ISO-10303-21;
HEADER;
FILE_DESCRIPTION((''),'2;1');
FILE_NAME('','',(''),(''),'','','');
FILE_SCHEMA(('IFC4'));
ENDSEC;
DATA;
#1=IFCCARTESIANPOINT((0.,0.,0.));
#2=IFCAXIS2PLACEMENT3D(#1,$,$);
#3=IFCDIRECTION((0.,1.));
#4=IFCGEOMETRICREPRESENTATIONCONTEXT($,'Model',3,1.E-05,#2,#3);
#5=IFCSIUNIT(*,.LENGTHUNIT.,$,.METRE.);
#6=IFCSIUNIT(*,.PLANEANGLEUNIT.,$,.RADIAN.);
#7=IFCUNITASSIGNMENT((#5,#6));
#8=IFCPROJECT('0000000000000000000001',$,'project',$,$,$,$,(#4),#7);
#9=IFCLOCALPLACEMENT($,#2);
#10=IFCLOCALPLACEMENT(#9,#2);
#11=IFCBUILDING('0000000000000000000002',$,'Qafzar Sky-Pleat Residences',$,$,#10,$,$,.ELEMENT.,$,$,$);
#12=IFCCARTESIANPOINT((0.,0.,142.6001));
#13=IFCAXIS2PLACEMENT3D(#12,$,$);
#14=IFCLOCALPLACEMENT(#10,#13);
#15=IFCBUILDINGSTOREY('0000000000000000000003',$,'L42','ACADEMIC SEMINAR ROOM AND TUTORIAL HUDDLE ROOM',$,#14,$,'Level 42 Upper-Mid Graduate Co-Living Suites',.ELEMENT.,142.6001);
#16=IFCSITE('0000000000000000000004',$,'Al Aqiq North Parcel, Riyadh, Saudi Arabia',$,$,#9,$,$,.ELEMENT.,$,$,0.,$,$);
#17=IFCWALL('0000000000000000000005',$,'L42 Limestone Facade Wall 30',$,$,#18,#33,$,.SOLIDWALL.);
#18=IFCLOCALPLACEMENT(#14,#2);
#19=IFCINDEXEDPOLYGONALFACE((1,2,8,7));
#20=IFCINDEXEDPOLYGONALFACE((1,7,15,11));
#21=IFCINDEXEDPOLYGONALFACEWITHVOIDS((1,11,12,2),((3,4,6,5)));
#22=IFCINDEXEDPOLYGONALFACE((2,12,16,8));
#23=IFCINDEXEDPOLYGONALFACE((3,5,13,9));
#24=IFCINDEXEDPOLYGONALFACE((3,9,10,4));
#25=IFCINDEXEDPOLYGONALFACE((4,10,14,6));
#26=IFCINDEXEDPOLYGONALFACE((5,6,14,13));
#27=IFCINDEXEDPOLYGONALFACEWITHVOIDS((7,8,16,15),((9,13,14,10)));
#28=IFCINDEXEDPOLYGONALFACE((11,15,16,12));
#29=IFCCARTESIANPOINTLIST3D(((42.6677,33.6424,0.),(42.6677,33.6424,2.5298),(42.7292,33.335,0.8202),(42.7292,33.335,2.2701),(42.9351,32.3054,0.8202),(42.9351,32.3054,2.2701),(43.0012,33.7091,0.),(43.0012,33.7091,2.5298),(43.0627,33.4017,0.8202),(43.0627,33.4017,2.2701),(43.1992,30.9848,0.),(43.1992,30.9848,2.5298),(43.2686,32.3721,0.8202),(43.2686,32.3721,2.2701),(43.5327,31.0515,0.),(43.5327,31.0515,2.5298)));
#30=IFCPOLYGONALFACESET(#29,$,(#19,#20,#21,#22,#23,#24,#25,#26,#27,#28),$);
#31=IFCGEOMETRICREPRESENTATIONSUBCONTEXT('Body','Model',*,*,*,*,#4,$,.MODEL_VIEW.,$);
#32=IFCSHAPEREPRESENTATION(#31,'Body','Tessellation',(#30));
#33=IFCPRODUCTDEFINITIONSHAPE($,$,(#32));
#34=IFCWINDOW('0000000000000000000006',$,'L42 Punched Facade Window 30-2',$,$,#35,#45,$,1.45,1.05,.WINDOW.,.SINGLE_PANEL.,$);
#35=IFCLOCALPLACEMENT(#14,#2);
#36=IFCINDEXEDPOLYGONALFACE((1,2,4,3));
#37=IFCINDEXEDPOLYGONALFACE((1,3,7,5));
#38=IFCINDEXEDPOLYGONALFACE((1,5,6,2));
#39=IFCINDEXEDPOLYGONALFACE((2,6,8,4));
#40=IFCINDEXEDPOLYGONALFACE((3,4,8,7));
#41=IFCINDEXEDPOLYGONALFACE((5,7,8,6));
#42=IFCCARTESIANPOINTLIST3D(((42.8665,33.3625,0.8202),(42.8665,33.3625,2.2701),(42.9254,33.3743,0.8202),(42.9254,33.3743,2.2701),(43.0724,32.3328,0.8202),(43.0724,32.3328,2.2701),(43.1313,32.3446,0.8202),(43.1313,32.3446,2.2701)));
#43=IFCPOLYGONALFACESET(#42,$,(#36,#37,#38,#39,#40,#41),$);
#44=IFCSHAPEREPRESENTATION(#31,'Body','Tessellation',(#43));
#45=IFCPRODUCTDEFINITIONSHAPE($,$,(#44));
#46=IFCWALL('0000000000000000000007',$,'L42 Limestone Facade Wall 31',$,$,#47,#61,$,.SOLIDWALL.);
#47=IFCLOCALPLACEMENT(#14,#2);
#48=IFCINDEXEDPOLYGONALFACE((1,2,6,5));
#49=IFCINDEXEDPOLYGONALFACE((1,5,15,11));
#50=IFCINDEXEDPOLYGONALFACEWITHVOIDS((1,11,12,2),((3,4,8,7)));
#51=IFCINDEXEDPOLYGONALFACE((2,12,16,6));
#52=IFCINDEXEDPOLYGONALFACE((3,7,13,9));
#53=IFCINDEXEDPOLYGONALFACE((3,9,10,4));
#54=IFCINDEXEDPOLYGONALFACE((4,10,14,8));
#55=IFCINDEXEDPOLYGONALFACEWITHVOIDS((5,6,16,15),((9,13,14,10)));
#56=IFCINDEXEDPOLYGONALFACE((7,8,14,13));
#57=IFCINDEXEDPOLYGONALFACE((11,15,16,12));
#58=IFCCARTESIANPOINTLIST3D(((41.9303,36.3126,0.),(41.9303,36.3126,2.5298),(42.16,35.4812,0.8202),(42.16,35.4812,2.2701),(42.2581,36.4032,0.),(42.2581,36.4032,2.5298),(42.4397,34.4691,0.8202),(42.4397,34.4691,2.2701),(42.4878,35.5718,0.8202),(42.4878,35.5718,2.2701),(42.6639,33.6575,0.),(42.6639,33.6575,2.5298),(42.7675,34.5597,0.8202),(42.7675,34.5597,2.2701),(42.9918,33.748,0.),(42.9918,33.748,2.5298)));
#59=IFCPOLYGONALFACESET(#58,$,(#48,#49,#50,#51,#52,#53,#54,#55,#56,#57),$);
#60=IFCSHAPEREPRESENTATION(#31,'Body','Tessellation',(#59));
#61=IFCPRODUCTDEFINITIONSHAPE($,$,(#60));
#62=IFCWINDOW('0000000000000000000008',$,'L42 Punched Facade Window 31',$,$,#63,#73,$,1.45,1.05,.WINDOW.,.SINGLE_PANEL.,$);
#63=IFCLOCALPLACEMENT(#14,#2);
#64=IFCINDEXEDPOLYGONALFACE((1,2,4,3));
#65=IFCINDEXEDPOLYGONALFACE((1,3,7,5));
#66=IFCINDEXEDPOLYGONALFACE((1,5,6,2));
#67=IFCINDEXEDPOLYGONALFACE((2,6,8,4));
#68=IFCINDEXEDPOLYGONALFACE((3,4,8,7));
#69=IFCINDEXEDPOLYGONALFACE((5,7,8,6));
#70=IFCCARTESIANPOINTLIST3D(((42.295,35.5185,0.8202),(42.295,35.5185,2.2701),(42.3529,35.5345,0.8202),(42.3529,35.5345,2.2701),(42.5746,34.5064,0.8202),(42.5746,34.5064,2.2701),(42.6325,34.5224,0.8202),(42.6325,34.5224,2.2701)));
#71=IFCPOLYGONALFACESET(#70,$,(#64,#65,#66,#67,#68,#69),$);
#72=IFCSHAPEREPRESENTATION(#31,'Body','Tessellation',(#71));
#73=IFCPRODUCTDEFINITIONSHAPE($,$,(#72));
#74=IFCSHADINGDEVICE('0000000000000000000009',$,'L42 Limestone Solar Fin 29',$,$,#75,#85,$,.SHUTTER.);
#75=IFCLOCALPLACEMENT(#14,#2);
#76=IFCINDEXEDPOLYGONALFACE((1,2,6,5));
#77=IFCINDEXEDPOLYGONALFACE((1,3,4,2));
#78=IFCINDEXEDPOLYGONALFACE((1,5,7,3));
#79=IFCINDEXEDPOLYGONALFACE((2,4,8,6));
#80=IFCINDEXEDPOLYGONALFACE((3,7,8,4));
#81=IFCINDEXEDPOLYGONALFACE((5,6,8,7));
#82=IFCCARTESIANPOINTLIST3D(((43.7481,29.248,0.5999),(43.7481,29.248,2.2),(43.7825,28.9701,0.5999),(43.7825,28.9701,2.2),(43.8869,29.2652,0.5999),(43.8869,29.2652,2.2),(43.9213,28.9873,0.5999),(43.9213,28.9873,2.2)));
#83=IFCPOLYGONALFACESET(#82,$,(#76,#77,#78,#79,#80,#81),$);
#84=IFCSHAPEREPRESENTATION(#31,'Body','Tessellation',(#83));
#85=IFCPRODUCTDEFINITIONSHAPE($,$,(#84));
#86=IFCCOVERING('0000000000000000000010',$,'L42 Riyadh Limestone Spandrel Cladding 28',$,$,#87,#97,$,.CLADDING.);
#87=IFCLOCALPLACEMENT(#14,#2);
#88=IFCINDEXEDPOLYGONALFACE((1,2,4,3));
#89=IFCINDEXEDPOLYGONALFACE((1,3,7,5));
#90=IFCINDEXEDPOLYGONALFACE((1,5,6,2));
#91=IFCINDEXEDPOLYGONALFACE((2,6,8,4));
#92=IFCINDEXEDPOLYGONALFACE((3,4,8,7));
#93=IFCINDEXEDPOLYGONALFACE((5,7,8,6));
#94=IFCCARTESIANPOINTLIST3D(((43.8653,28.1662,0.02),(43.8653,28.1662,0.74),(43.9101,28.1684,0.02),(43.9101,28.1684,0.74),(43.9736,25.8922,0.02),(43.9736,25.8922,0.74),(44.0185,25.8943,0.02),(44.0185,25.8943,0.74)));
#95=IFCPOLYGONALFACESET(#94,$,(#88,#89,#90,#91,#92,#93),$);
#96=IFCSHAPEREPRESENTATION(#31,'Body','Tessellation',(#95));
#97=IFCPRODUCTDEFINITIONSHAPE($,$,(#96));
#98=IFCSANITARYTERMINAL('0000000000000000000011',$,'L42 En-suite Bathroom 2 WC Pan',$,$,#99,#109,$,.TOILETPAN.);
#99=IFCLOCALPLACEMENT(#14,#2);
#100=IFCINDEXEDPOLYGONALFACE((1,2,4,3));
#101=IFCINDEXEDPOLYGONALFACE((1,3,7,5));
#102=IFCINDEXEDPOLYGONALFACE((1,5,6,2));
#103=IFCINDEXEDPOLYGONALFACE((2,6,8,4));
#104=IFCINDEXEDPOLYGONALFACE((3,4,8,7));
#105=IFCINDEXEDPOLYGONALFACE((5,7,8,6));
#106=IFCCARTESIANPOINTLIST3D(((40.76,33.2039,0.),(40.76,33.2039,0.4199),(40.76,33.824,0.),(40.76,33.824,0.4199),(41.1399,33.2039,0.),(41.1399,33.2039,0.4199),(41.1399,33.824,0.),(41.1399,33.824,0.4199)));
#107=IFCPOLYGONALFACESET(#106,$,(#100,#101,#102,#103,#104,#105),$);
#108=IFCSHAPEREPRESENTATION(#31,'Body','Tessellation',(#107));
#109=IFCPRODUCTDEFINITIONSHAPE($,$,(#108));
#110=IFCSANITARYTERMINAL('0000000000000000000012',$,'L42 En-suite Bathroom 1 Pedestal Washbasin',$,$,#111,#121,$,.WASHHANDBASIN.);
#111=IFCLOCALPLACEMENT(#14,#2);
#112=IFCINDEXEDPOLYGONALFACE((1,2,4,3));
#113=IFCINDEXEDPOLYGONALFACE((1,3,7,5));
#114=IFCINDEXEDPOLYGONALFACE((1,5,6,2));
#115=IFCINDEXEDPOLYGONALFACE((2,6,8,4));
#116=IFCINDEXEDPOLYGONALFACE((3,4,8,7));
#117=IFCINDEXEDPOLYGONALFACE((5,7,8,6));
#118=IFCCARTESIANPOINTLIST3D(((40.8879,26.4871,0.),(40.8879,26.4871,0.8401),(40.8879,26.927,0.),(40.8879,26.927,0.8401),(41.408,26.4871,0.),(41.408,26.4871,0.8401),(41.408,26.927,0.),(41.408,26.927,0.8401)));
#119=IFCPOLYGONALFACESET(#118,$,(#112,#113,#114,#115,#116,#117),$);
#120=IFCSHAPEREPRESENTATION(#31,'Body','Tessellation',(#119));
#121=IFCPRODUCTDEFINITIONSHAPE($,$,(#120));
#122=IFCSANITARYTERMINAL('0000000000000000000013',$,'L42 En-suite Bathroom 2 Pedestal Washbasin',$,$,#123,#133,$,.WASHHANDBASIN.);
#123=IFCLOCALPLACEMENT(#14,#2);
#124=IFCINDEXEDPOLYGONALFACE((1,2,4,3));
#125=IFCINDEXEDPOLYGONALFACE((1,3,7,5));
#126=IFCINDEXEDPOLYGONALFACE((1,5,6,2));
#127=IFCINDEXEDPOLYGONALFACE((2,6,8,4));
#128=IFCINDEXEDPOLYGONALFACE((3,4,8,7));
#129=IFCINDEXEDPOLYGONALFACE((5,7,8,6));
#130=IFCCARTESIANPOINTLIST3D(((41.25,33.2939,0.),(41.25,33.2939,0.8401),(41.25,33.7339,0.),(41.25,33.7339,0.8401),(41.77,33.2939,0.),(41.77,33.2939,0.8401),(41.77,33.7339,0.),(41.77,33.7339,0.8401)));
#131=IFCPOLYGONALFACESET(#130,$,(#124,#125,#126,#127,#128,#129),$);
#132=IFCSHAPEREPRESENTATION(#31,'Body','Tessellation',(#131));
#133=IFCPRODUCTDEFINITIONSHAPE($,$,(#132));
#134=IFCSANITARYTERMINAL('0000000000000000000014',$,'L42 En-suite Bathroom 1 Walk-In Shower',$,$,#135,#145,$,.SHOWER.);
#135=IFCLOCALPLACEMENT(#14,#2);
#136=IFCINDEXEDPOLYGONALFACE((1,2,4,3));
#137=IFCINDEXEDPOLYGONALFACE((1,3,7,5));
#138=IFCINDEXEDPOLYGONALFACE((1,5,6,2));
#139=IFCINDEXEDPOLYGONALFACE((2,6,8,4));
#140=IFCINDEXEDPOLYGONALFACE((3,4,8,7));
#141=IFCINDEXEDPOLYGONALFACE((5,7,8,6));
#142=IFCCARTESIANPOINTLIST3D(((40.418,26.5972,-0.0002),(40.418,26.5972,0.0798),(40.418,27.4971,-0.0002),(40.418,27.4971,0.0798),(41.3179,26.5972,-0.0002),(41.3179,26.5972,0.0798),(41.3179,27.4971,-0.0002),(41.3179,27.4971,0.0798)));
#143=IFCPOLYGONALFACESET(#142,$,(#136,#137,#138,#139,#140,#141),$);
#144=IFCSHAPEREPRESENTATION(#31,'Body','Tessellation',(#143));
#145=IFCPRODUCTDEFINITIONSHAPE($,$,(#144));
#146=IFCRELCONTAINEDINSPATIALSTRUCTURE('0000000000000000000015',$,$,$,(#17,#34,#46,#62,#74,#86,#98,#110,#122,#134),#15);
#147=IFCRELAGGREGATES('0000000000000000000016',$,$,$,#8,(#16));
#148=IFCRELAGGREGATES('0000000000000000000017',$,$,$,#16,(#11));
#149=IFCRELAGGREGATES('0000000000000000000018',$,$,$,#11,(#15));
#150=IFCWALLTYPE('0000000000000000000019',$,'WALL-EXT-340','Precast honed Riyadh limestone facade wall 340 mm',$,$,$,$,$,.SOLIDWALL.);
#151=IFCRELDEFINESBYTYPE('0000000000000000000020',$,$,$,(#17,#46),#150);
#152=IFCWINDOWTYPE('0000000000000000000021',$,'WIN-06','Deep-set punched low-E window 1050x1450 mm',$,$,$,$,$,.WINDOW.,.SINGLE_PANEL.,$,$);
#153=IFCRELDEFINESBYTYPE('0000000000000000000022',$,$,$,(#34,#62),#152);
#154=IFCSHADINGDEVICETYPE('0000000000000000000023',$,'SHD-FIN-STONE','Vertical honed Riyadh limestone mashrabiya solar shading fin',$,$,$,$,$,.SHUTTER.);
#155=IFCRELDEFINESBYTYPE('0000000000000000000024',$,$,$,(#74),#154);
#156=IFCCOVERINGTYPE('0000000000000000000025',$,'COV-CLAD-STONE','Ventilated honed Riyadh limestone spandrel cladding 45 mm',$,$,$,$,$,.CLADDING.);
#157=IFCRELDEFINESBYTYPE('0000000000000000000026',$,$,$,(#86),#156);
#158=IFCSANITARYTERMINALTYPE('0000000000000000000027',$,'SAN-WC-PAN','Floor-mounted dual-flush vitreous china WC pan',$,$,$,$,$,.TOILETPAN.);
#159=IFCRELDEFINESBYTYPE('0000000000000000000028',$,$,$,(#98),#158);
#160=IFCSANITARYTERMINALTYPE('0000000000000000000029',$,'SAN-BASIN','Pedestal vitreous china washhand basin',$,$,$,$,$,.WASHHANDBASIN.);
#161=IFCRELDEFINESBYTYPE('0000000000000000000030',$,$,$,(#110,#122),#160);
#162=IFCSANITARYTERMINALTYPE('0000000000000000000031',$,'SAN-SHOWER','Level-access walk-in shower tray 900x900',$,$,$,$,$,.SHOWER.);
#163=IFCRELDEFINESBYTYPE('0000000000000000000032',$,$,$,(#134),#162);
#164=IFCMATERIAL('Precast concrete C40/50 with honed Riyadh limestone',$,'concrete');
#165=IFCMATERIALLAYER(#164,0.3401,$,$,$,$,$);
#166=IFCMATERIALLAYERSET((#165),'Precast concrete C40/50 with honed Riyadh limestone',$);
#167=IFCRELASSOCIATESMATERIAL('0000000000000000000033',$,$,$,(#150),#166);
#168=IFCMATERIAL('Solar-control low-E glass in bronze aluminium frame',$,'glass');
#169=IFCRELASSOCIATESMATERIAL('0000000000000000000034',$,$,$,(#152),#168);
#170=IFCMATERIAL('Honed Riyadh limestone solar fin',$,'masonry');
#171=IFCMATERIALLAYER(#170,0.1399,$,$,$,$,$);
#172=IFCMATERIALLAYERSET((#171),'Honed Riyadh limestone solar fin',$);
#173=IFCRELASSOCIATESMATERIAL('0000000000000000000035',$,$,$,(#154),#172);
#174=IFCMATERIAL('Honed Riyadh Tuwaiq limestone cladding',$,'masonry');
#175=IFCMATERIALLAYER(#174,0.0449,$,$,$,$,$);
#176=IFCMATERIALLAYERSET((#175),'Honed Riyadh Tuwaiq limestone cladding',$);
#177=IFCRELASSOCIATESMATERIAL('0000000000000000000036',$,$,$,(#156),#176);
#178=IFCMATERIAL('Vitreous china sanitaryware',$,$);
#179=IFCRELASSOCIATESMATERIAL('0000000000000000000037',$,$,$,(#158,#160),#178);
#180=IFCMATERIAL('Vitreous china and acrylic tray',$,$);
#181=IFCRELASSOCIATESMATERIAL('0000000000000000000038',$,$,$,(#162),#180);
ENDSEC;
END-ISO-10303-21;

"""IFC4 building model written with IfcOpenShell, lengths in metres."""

from ifc_helpers import new_model, si_unit, direction, frame, frame_2d, origin, origin_2d, place, context, subcontext, project, spatial, rectangle, extrude, source, transform, mapped, material, layer, layer_set, type_object, element, fill, save


model = new_model("IFC4")

# Units and contexts
model_context = context("Model", 3, precision=1e-05, world=origin(), true_north=direction((0.0, 1.0)))
body_context = subcontext(model_context, "Body", "Model", "MODEL_VIEW")
ifc_project = project(units=[si_unit("LENGTHUNIT", "METRE"), si_unit("PLANEANGLEUNIT", "RADIAN")], contexts=[model_context])

# Site, building, storey
site_placement = place(None, origin())
site = spatial("IfcSite", under=ifc_project, at=site_placement, Name="Al Aqiq North Parcel, Riyadh, Saudi Arabia", CompositionType="ELEMENT", RefElevation=0.0)
building_placement = place(site_placement, origin())
building = spatial("IfcBuilding", under=site, at=building_placement, Name="Qafzar Sky-Pleat Residences", CompositionType="ELEMENT")
storey_placement = place(building_placement, frame((0.0, 0.0, 142.6001)))
storey = spatial("IfcBuildingStorey", under=building, at=storey_placement, Name="L42", Description="ACADEMIC SEMINAR ROOM AND TUTORIAL HUDDLE ROOM", LongName="Level 42 Upper-Mid Graduate Co-Living Suites", CompositionType="ELEMENT", Elevation=142.6001)

# Walls, openings, windows
ifc_material_1 = material(Name="Precast concrete C40/50 with honed Riyadh limestone", Category="concrete")
ifc_layer_1 = layer(ifc_material_1, 0.3401)
ifc_layer_set_1 = layer_set([ifc_layer_1], Name="Precast concrete C40/50 with honed Riyadh limestone")
wall_type_1 = type_object("IfcWallType", Name="WALL-EXT-340", Description="Precast honed Riyadh limestone facade wall 340 mm", PredefinedType="SOLIDWALL", material=ifc_layer_set_1)
ifc_material_2 = material(Name="Solar-control low-E glass in bronze aluminium frame", Category="glass")
wall_1_placement = place(storey_placement, frame((43.366, 31.0183, 0.0), z_axis=(0.0, 0.0, 1.0), x_axis=(-0.196116, 0.980581, 0.0)))
wall_1 = element("IfcWall", 1, at=wall_1_placement, inside=storey, type_object=wall_type_1, Name="L42 Limestone Facade Wall 30", PredefinedType="SOLIDWALL", context=body_context, shape_type="SweptSolid", body=[
    extrude(rectangle(XDim=2.7102, YDim=0.3401, at=frame_2d((1.355, 0.0))), origin(), (0.0, 0.0, 1.0), 2.5298),
])
opening_1_placement = place(wall_1_placement, frame((1.3467, 0.0, 0.8201)))
opening_1 = element("IfcOpeningElement", 2, at=opening_1_placement, cuts=wall_1, PredefinedType="OPENING", context=body_context, shape_type="SweptSolid", body=[
    extrude(rectangle(XDim=1.05, YDim=1.45, at=frame_2d((0.5249, 0.7251))), frame((0.0, 0.1802, 0.0), z_axis=(0.0, -1.0, 0.0), x_axis=(1.0, 0.0, 0.0)), (0.0, 0.0, 1.0), 0.3601),
])
window_type_1 = type_object("IfcWindowType", Name="WIN-06", Description="Deep-set punched low-E window 1050x1450 mm", PartitioningType="SINGLE_PANEL", PredefinedType="WINDOW", material=ifc_material_2)
shared_shape_1 = source(origin(), body_context, "Body", "SweptSolid", [
    extrude(rectangle(XDim=1.05, YDim=1.45, at=frame_2d((0.5249, 0.7251))), frame((0.0, 0.03, 0.0), z_axis=(0.0, -1.0, 0.0), x_axis=(1.0, 0.0, 0.0)), (0.0, 0.0, 1.0), 0.0601),
])
window_1_placement = place(opening_1_placement, origin())
window_1 = element("IfcWindow", 3, at=window_1_placement, inside=storey, type_object=window_type_1, Name="L42 Punched Facade Window 30-2", OverallHeight=1.45, OverallWidth=1.05, PartitioningType="SINGLE_PANEL", PredefinedType="WINDOW", context=body_context, shape_type="MappedRepresentation", body=[
    mapped(shared_shape_1, transform((0.0, 0.0, 0.0), x_axis=(1.0, 0.0, 0.0), y_axis=(0.0, 1.0, 0.0), z_axis=(0.0, 0.0, 1.0), scale=1.0)),
])
fill(opening_1, window_1)
wall_2_placement = place(storey_placement, frame((42.8279, 33.7026, 0.0), z_axis=(0.0, 0.0, 1.0), x_axis=(-0.266341, 0.963879, 0.0)))
wall_2 = element("IfcWall", 4, at=wall_2_placement, inside=storey, type_object=wall_type_1, Name="L42 Limestone Facade Wall 31", PredefinedType="SOLIDWALL", context=body_context, shape_type="SweptSolid", body=[
    extrude(rectangle(XDim=2.7546, YDim=0.3401, at=frame_2d((1.3774, 0.0))), origin(), (0.0, 0.0, 1.0), 2.5298),
])
opening_2_placement = place(wall_2_placement, frame((0.8423, 0.0, 0.8201)))
opening_2 = element("IfcOpeningElement", 5, at=opening_2_placement, cuts=wall_2, PredefinedType="OPENING", context=body_context, shape_type="SweptSolid", body=[
    extrude(rectangle(XDim=1.05, YDim=1.45, at=frame_2d((0.5249, 0.7251))), frame((0.0, 0.1802, 0.0), z_axis=(0.0, -1.0, 0.0), x_axis=(1.0, 0.0, 0.0)), (0.0, 0.0, 1.0), 0.3601),
])
window_2_placement = place(opening_2_placement, origin())
window_2 = element("IfcWindow", 6, at=window_2_placement, inside=storey, type_object=window_type_1, Name="L42 Punched Facade Window 31", OverallHeight=1.45, OverallWidth=1.05, PartitioningType="SINGLE_PANEL", PredefinedType="WINDOW", context=body_context, shape_type="MappedRepresentation", body=[
    mapped(shared_shape_1, transform((0.0, 0.0, 0.0), x_axis=(1.0, 0.0, 0.0), y_axis=(0.0, 1.0, 0.0), z_axis=(0.0, 0.0, 1.0), scale=1.0)),
])
fill(opening_2, window_2)

# Shading device
ifc_material_3 = material(Name="Honed Riyadh limestone solar fin", Category="masonry")
ifc_layer_2 = layer(ifc_material_3, 0.1399)
ifc_layer_set_2 = layer_set([ifc_layer_2], Name="Honed Riyadh limestone solar fin")
shading_device_type = type_object("IfcShadingDeviceType", Name="SHD-FIN-STONE", Description="Vertical honed Riyadh limestone mashrabiya solar shading fin", PredefinedType="SHUTTER", material=ifc_layer_set_2)
shared_shape_2 = source(origin(), body_context, "Body", "SweptSolid", [
    extrude(rectangle(XDim=0.1399, YDim=0.28, at=origin_2d()), origin(), (0.0, 0.0, 1.0), 1.6001),
])
shading_device_placement = place(storey_placement, frame((43.8347, 29.1177, 0.5999), z_axis=(0.0, 0.0, 1.0), x_axis=(0.992426, 0.122846, 0.0)))
element("IfcShadingDevice", 7, at=shading_device_placement, inside=storey, type_object=shading_device_type, Name="L42 Limestone Solar Fin 29", PredefinedType="SHUTTER", context=body_context, shape_type="MappedRepresentation", body=[
    mapped(shared_shape_2, transform((0.0, 0.0, 0.0), x_axis=(1.0, 0.0, 0.0), y_axis=(0.0, 1.0, 0.0), z_axis=(0.0, 0.0, 1.0), scale=1.0)),
])

# Covering
ifc_material_4 = material(Name="Honed Riyadh Tuwaiq limestone cladding", Category="masonry")
ifc_layer_3 = layer(ifc_material_4, 0.0449)
ifc_layer_set_3 = layer_set([ifc_layer_3], Name="Honed Riyadh Tuwaiq limestone cladding")
covering_type = type_object("IfcCoveringType", Name="COV-CLAD-STONE", Description="Ventilated honed Riyadh limestone spandrel cladding 45 mm", PredefinedType="CLADDING", material=ifc_layer_set_3)
shared_shape_3 = source(origin(), body_context, "Body", "SweptSolid", [
    extrude(rectangle(XDim=2.2766, YDim=0.0449, at=origin_2d()), origin(), (0.0, 0.0, 1.0), 0.72),
])
covering_placement = place(storey_placement, frame((43.9419, 27.0303, 0.02), z_axis=(0.0, 0.0, 1.0), x_axis=(-0.047597, 0.998867, 0.0)))
element("IfcCovering", 8, at=covering_placement, inside=storey, type_object=covering_type, Name="L42 Riyadh Limestone Spandrel Cladding 28", PredefinedType="CLADDING", context=body_context, shape_type="MappedRepresentation", body=[
    mapped(shared_shape_3, transform((0.0, 0.0, 0.0), x_axis=(1.0, 0.0, 0.0), y_axis=(0.0, 1.0, 0.0), z_axis=(0.0, 0.0, 1.0), scale=1.0)),
])

# Sanitary terminals
ifc_material_5 = material(Name="Vitreous china sanitaryware")
sanitary_terminal_type_1 = type_object("IfcSanitaryTerminalType", Name="SAN-WC-PAN", Description="Floor-mounted dual-flush vitreous china WC pan", PredefinedType="TOILETPAN", material=ifc_material_5)
shared_shape_4 = source(origin(), body_context, "Body", "SweptSolid", [
    extrude(rectangle(XDim=0.3799, YDim=0.6201, at=origin_2d()), origin(), (0.0, 0.0, 1.0), 0.4199),
])
sanitary_terminal_1_placement = place(storey_placement, frame((40.95, 33.5139, 0.0), z_axis=(0.0, 0.0, 1.0), x_axis=(1.0, 0.0, 0.0)))
element("IfcSanitaryTerminal", 9, at=sanitary_terminal_1_placement, inside=storey, type_object=sanitary_terminal_type_1, Name="L42 En-suite Bathroom 2 WC Pan", PredefinedType="TOILETPAN", context=body_context, shape_type="MappedRepresentation", body=[
    mapped(shared_shape_4, transform((0.0, 0.0, 0.0), x_axis=(1.0, 0.0, 0.0), y_axis=(0.0, 1.0, 0.0), z_axis=(0.0, 0.0, 1.0), scale=1.0)),
])
sanitary_terminal_type_2 = type_object("IfcSanitaryTerminalType", Name="SAN-BASIN", Description="Pedestal vitreous china washhand basin", PredefinedType="WASHHANDBASIN", material=ifc_material_5)
shared_shape_5 = source(origin(), body_context, "Body", "SweptSolid", [
    extrude(rectangle(XDim=0.52, YDim=0.4399, at=origin_2d()), origin(), (0.0, 0.0, 1.0), 0.8401),
])
for number, where, z_axis, x_axis, name in (
    (10, (41.1479, 26.707, 0.0), (0.0, 0.0, 1.0), (1.0, 0.0, 0.0), "L42 En-suite Bathroom 1 Pedestal Washbasin"),
    (11, (41.51, 33.5139, 0.0), (0.0, 0.0, 1.0), (1.0, 0.0, 0.0), "L42 En-suite Bathroom 2 Pedestal Washbasin"),
):
    element("IfcSanitaryTerminal", number, at=place(storey_placement, frame(where, z_axis=z_axis, x_axis=x_axis)), inside=storey, type_object=sanitary_terminal_type_2, Name=name, PredefinedType="WASHHANDBASIN", context=body_context, shape_type="MappedRepresentation", body=[
        mapped(shared_shape_5, transform((0.0, 0.0, 0.0), x_axis=(1.0, 0.0, 0.0), y_axis=(0.0, 1.0, 0.0), z_axis=(0.0, 0.0, 1.0), scale=1.0)),
    ])
ifc_material_6 = material(Name="Vitreous china and acrylic tray")
sanitary_terminal_type_3 = type_object("IfcSanitaryTerminalType", Name="SAN-SHOWER", Description="Level-access walk-in shower tray 900x900", PredefinedType="SHOWER", material=ifc_material_6)
shared_shape_6 = source(origin(), body_context, "Body", "SweptSolid", [
    extrude(rectangle(XDim=0.8999, YDim=0.8999, at=origin_2d()), origin(), (0.0, 0.0, 1.0), 0.0801),
])
sanitary_terminal_2_placement = place(storey_placement, frame((40.8679, 27.0471, -0.0002), z_axis=(0.0, 0.0, 1.0), x_axis=(1.0, 0.0, 0.0)))
element("IfcSanitaryTerminal", 12, at=sanitary_terminal_2_placement, inside=storey, type_object=sanitary_terminal_type_3, Name="L42 En-suite Bathroom 1 Walk-In Shower", PredefinedType="SHOWER", context=body_context, shape_type="MappedRepresentation", body=[
    mapped(shared_shape_6, transform((0.0, 0.0, 0.0), x_axis=(1.0, 0.0, 0.0), y_axis=(0.0, 1.0, 0.0), z_axis=(0.0, 0.0, 1.0), scale=1.0)),
])

save(model, "model.ifc")
